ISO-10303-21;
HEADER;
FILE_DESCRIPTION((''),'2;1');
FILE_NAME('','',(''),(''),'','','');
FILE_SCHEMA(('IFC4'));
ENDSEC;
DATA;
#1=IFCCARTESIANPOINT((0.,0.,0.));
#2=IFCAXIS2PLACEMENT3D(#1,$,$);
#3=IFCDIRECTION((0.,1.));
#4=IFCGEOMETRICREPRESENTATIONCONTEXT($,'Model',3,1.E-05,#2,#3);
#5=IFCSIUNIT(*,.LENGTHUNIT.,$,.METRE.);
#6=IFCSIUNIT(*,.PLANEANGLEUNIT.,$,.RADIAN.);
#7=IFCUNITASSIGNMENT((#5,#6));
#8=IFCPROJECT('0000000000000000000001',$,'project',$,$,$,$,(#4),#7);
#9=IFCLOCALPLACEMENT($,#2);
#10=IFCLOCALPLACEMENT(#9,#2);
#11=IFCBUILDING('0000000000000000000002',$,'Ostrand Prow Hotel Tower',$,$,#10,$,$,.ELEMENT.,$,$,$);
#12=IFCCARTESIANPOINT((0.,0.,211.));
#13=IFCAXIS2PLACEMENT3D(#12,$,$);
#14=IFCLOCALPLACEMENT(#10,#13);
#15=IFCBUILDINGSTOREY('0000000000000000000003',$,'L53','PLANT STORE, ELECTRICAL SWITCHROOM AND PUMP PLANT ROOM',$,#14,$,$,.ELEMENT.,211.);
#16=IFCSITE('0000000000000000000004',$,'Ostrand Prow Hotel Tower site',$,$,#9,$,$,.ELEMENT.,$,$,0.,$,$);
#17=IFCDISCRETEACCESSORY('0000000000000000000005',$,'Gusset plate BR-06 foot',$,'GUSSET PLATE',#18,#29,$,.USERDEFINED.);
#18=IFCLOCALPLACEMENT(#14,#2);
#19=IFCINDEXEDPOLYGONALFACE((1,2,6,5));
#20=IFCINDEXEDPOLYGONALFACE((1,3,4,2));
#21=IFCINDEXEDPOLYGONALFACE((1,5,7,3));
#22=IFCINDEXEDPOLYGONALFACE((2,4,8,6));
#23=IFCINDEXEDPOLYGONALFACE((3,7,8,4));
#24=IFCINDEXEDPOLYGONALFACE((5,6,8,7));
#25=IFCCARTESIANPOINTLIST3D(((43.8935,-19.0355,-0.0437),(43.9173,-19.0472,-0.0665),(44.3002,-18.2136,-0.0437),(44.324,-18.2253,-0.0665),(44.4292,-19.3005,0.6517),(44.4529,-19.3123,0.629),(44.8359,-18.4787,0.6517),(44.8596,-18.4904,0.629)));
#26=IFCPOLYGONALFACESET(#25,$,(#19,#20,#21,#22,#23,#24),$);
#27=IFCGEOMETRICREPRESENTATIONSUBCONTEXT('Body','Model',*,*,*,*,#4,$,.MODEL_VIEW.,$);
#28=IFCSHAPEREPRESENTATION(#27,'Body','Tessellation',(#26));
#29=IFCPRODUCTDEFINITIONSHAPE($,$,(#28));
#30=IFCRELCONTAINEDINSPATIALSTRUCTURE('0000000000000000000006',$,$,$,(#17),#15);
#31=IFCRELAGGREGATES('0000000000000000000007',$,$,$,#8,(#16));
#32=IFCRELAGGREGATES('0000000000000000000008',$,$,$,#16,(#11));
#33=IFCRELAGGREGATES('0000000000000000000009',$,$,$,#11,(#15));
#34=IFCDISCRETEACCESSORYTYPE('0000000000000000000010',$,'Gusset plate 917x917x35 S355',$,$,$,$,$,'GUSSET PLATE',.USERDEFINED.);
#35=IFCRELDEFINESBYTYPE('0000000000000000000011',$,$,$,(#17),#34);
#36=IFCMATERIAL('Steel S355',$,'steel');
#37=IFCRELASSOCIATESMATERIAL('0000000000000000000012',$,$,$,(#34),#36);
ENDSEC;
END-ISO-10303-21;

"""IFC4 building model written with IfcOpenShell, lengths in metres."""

from ifc_helpers import new_model, si_unit, direction, frame, origin, origin_2d, place, context, subcontext, project, spatial, rectangle, extrude, material, material_profile, profile_set, type_object, element, save


model = new_model("IFC4")

# Units and contexts
model_context = context("Model", 3, precision=1e-05, world=origin(), true_north=direction((0.0, 1.0)))
body_context = subcontext(model_context, "Body", "Model", "MODEL_VIEW")
ifc_project = project(units=[si_unit("LENGTHUNIT", "METRE"), si_unit("PLANEANGLEUNIT", "RADIAN")], contexts=[model_context])

# Site, building, storey
site_placement = place(None, origin())
site = spatial("IfcSite", under=ifc_project, at=site_placement, Name="Ostrand Prow Hotel Tower site", CompositionType="ELEMENT", RefElevation=0.0)
building_placement = place(site_placement, origin())
building = spatial("IfcBuilding", under=site, at=building_placement, Name="Ostrand Prow Hotel Tower", CompositionType="ELEMENT")
storey_placement = place(building_placement, frame((0.0, 0.0, 211.0)))
storey = spatial("IfcBuildingStorey", under=building, at=storey_placement, Name="L53", Description="PLANT STORE, ELECTRICAL SWITCHROOM AND PUMP PLANT ROOM", CompositionType="ELEMENT", Elevation=211.0)

# Discrete accessory
ifc_material_1 = material(Name="Steel S355", Category="steel")
ifc_material_profile_1 = material_profile(ifc_material_1, rectangle(XDim=0.917, YDim=0.917, at=origin_2d()), Name="PL 917x917x35")
ifc_profile_set_1 = profile_set([ifc_material_profile_1], Name="Steel S355")
discrete_accessory_type = type_object("IfcDiscreteAccessoryType", Name="Gusset plate 917x917x35 S355", ElementType="GUSSET PLATE", PredefinedType="USERDEFINED", material=ifc_profile_set_1)
discrete_accessory_placement = place(storey_placement, frame((44.3884, -18.7688, 0.2812), z_axis=(-0.679769, 0.336381, 0.651738), x_axis=(-0.443514, -0.896268, 0.0)))
element("IfcDiscreteAccessory", 1, at=discrete_accessory_placement, inside=storey, type_object=discrete_accessory_type, Name="Gusset plate BR-06 foot", ObjectType="GUSSET PLATE", PredefinedType="USERDEFINED", context=body_context, shape_type="SweptSolid", body=[
    extrude(rectangle(XDim=0.917, YDim=0.917, at=origin_2d()), origin(), (0.0, 0.0, 1.0), 0.0349),
])

save(model, "model.ifc")
